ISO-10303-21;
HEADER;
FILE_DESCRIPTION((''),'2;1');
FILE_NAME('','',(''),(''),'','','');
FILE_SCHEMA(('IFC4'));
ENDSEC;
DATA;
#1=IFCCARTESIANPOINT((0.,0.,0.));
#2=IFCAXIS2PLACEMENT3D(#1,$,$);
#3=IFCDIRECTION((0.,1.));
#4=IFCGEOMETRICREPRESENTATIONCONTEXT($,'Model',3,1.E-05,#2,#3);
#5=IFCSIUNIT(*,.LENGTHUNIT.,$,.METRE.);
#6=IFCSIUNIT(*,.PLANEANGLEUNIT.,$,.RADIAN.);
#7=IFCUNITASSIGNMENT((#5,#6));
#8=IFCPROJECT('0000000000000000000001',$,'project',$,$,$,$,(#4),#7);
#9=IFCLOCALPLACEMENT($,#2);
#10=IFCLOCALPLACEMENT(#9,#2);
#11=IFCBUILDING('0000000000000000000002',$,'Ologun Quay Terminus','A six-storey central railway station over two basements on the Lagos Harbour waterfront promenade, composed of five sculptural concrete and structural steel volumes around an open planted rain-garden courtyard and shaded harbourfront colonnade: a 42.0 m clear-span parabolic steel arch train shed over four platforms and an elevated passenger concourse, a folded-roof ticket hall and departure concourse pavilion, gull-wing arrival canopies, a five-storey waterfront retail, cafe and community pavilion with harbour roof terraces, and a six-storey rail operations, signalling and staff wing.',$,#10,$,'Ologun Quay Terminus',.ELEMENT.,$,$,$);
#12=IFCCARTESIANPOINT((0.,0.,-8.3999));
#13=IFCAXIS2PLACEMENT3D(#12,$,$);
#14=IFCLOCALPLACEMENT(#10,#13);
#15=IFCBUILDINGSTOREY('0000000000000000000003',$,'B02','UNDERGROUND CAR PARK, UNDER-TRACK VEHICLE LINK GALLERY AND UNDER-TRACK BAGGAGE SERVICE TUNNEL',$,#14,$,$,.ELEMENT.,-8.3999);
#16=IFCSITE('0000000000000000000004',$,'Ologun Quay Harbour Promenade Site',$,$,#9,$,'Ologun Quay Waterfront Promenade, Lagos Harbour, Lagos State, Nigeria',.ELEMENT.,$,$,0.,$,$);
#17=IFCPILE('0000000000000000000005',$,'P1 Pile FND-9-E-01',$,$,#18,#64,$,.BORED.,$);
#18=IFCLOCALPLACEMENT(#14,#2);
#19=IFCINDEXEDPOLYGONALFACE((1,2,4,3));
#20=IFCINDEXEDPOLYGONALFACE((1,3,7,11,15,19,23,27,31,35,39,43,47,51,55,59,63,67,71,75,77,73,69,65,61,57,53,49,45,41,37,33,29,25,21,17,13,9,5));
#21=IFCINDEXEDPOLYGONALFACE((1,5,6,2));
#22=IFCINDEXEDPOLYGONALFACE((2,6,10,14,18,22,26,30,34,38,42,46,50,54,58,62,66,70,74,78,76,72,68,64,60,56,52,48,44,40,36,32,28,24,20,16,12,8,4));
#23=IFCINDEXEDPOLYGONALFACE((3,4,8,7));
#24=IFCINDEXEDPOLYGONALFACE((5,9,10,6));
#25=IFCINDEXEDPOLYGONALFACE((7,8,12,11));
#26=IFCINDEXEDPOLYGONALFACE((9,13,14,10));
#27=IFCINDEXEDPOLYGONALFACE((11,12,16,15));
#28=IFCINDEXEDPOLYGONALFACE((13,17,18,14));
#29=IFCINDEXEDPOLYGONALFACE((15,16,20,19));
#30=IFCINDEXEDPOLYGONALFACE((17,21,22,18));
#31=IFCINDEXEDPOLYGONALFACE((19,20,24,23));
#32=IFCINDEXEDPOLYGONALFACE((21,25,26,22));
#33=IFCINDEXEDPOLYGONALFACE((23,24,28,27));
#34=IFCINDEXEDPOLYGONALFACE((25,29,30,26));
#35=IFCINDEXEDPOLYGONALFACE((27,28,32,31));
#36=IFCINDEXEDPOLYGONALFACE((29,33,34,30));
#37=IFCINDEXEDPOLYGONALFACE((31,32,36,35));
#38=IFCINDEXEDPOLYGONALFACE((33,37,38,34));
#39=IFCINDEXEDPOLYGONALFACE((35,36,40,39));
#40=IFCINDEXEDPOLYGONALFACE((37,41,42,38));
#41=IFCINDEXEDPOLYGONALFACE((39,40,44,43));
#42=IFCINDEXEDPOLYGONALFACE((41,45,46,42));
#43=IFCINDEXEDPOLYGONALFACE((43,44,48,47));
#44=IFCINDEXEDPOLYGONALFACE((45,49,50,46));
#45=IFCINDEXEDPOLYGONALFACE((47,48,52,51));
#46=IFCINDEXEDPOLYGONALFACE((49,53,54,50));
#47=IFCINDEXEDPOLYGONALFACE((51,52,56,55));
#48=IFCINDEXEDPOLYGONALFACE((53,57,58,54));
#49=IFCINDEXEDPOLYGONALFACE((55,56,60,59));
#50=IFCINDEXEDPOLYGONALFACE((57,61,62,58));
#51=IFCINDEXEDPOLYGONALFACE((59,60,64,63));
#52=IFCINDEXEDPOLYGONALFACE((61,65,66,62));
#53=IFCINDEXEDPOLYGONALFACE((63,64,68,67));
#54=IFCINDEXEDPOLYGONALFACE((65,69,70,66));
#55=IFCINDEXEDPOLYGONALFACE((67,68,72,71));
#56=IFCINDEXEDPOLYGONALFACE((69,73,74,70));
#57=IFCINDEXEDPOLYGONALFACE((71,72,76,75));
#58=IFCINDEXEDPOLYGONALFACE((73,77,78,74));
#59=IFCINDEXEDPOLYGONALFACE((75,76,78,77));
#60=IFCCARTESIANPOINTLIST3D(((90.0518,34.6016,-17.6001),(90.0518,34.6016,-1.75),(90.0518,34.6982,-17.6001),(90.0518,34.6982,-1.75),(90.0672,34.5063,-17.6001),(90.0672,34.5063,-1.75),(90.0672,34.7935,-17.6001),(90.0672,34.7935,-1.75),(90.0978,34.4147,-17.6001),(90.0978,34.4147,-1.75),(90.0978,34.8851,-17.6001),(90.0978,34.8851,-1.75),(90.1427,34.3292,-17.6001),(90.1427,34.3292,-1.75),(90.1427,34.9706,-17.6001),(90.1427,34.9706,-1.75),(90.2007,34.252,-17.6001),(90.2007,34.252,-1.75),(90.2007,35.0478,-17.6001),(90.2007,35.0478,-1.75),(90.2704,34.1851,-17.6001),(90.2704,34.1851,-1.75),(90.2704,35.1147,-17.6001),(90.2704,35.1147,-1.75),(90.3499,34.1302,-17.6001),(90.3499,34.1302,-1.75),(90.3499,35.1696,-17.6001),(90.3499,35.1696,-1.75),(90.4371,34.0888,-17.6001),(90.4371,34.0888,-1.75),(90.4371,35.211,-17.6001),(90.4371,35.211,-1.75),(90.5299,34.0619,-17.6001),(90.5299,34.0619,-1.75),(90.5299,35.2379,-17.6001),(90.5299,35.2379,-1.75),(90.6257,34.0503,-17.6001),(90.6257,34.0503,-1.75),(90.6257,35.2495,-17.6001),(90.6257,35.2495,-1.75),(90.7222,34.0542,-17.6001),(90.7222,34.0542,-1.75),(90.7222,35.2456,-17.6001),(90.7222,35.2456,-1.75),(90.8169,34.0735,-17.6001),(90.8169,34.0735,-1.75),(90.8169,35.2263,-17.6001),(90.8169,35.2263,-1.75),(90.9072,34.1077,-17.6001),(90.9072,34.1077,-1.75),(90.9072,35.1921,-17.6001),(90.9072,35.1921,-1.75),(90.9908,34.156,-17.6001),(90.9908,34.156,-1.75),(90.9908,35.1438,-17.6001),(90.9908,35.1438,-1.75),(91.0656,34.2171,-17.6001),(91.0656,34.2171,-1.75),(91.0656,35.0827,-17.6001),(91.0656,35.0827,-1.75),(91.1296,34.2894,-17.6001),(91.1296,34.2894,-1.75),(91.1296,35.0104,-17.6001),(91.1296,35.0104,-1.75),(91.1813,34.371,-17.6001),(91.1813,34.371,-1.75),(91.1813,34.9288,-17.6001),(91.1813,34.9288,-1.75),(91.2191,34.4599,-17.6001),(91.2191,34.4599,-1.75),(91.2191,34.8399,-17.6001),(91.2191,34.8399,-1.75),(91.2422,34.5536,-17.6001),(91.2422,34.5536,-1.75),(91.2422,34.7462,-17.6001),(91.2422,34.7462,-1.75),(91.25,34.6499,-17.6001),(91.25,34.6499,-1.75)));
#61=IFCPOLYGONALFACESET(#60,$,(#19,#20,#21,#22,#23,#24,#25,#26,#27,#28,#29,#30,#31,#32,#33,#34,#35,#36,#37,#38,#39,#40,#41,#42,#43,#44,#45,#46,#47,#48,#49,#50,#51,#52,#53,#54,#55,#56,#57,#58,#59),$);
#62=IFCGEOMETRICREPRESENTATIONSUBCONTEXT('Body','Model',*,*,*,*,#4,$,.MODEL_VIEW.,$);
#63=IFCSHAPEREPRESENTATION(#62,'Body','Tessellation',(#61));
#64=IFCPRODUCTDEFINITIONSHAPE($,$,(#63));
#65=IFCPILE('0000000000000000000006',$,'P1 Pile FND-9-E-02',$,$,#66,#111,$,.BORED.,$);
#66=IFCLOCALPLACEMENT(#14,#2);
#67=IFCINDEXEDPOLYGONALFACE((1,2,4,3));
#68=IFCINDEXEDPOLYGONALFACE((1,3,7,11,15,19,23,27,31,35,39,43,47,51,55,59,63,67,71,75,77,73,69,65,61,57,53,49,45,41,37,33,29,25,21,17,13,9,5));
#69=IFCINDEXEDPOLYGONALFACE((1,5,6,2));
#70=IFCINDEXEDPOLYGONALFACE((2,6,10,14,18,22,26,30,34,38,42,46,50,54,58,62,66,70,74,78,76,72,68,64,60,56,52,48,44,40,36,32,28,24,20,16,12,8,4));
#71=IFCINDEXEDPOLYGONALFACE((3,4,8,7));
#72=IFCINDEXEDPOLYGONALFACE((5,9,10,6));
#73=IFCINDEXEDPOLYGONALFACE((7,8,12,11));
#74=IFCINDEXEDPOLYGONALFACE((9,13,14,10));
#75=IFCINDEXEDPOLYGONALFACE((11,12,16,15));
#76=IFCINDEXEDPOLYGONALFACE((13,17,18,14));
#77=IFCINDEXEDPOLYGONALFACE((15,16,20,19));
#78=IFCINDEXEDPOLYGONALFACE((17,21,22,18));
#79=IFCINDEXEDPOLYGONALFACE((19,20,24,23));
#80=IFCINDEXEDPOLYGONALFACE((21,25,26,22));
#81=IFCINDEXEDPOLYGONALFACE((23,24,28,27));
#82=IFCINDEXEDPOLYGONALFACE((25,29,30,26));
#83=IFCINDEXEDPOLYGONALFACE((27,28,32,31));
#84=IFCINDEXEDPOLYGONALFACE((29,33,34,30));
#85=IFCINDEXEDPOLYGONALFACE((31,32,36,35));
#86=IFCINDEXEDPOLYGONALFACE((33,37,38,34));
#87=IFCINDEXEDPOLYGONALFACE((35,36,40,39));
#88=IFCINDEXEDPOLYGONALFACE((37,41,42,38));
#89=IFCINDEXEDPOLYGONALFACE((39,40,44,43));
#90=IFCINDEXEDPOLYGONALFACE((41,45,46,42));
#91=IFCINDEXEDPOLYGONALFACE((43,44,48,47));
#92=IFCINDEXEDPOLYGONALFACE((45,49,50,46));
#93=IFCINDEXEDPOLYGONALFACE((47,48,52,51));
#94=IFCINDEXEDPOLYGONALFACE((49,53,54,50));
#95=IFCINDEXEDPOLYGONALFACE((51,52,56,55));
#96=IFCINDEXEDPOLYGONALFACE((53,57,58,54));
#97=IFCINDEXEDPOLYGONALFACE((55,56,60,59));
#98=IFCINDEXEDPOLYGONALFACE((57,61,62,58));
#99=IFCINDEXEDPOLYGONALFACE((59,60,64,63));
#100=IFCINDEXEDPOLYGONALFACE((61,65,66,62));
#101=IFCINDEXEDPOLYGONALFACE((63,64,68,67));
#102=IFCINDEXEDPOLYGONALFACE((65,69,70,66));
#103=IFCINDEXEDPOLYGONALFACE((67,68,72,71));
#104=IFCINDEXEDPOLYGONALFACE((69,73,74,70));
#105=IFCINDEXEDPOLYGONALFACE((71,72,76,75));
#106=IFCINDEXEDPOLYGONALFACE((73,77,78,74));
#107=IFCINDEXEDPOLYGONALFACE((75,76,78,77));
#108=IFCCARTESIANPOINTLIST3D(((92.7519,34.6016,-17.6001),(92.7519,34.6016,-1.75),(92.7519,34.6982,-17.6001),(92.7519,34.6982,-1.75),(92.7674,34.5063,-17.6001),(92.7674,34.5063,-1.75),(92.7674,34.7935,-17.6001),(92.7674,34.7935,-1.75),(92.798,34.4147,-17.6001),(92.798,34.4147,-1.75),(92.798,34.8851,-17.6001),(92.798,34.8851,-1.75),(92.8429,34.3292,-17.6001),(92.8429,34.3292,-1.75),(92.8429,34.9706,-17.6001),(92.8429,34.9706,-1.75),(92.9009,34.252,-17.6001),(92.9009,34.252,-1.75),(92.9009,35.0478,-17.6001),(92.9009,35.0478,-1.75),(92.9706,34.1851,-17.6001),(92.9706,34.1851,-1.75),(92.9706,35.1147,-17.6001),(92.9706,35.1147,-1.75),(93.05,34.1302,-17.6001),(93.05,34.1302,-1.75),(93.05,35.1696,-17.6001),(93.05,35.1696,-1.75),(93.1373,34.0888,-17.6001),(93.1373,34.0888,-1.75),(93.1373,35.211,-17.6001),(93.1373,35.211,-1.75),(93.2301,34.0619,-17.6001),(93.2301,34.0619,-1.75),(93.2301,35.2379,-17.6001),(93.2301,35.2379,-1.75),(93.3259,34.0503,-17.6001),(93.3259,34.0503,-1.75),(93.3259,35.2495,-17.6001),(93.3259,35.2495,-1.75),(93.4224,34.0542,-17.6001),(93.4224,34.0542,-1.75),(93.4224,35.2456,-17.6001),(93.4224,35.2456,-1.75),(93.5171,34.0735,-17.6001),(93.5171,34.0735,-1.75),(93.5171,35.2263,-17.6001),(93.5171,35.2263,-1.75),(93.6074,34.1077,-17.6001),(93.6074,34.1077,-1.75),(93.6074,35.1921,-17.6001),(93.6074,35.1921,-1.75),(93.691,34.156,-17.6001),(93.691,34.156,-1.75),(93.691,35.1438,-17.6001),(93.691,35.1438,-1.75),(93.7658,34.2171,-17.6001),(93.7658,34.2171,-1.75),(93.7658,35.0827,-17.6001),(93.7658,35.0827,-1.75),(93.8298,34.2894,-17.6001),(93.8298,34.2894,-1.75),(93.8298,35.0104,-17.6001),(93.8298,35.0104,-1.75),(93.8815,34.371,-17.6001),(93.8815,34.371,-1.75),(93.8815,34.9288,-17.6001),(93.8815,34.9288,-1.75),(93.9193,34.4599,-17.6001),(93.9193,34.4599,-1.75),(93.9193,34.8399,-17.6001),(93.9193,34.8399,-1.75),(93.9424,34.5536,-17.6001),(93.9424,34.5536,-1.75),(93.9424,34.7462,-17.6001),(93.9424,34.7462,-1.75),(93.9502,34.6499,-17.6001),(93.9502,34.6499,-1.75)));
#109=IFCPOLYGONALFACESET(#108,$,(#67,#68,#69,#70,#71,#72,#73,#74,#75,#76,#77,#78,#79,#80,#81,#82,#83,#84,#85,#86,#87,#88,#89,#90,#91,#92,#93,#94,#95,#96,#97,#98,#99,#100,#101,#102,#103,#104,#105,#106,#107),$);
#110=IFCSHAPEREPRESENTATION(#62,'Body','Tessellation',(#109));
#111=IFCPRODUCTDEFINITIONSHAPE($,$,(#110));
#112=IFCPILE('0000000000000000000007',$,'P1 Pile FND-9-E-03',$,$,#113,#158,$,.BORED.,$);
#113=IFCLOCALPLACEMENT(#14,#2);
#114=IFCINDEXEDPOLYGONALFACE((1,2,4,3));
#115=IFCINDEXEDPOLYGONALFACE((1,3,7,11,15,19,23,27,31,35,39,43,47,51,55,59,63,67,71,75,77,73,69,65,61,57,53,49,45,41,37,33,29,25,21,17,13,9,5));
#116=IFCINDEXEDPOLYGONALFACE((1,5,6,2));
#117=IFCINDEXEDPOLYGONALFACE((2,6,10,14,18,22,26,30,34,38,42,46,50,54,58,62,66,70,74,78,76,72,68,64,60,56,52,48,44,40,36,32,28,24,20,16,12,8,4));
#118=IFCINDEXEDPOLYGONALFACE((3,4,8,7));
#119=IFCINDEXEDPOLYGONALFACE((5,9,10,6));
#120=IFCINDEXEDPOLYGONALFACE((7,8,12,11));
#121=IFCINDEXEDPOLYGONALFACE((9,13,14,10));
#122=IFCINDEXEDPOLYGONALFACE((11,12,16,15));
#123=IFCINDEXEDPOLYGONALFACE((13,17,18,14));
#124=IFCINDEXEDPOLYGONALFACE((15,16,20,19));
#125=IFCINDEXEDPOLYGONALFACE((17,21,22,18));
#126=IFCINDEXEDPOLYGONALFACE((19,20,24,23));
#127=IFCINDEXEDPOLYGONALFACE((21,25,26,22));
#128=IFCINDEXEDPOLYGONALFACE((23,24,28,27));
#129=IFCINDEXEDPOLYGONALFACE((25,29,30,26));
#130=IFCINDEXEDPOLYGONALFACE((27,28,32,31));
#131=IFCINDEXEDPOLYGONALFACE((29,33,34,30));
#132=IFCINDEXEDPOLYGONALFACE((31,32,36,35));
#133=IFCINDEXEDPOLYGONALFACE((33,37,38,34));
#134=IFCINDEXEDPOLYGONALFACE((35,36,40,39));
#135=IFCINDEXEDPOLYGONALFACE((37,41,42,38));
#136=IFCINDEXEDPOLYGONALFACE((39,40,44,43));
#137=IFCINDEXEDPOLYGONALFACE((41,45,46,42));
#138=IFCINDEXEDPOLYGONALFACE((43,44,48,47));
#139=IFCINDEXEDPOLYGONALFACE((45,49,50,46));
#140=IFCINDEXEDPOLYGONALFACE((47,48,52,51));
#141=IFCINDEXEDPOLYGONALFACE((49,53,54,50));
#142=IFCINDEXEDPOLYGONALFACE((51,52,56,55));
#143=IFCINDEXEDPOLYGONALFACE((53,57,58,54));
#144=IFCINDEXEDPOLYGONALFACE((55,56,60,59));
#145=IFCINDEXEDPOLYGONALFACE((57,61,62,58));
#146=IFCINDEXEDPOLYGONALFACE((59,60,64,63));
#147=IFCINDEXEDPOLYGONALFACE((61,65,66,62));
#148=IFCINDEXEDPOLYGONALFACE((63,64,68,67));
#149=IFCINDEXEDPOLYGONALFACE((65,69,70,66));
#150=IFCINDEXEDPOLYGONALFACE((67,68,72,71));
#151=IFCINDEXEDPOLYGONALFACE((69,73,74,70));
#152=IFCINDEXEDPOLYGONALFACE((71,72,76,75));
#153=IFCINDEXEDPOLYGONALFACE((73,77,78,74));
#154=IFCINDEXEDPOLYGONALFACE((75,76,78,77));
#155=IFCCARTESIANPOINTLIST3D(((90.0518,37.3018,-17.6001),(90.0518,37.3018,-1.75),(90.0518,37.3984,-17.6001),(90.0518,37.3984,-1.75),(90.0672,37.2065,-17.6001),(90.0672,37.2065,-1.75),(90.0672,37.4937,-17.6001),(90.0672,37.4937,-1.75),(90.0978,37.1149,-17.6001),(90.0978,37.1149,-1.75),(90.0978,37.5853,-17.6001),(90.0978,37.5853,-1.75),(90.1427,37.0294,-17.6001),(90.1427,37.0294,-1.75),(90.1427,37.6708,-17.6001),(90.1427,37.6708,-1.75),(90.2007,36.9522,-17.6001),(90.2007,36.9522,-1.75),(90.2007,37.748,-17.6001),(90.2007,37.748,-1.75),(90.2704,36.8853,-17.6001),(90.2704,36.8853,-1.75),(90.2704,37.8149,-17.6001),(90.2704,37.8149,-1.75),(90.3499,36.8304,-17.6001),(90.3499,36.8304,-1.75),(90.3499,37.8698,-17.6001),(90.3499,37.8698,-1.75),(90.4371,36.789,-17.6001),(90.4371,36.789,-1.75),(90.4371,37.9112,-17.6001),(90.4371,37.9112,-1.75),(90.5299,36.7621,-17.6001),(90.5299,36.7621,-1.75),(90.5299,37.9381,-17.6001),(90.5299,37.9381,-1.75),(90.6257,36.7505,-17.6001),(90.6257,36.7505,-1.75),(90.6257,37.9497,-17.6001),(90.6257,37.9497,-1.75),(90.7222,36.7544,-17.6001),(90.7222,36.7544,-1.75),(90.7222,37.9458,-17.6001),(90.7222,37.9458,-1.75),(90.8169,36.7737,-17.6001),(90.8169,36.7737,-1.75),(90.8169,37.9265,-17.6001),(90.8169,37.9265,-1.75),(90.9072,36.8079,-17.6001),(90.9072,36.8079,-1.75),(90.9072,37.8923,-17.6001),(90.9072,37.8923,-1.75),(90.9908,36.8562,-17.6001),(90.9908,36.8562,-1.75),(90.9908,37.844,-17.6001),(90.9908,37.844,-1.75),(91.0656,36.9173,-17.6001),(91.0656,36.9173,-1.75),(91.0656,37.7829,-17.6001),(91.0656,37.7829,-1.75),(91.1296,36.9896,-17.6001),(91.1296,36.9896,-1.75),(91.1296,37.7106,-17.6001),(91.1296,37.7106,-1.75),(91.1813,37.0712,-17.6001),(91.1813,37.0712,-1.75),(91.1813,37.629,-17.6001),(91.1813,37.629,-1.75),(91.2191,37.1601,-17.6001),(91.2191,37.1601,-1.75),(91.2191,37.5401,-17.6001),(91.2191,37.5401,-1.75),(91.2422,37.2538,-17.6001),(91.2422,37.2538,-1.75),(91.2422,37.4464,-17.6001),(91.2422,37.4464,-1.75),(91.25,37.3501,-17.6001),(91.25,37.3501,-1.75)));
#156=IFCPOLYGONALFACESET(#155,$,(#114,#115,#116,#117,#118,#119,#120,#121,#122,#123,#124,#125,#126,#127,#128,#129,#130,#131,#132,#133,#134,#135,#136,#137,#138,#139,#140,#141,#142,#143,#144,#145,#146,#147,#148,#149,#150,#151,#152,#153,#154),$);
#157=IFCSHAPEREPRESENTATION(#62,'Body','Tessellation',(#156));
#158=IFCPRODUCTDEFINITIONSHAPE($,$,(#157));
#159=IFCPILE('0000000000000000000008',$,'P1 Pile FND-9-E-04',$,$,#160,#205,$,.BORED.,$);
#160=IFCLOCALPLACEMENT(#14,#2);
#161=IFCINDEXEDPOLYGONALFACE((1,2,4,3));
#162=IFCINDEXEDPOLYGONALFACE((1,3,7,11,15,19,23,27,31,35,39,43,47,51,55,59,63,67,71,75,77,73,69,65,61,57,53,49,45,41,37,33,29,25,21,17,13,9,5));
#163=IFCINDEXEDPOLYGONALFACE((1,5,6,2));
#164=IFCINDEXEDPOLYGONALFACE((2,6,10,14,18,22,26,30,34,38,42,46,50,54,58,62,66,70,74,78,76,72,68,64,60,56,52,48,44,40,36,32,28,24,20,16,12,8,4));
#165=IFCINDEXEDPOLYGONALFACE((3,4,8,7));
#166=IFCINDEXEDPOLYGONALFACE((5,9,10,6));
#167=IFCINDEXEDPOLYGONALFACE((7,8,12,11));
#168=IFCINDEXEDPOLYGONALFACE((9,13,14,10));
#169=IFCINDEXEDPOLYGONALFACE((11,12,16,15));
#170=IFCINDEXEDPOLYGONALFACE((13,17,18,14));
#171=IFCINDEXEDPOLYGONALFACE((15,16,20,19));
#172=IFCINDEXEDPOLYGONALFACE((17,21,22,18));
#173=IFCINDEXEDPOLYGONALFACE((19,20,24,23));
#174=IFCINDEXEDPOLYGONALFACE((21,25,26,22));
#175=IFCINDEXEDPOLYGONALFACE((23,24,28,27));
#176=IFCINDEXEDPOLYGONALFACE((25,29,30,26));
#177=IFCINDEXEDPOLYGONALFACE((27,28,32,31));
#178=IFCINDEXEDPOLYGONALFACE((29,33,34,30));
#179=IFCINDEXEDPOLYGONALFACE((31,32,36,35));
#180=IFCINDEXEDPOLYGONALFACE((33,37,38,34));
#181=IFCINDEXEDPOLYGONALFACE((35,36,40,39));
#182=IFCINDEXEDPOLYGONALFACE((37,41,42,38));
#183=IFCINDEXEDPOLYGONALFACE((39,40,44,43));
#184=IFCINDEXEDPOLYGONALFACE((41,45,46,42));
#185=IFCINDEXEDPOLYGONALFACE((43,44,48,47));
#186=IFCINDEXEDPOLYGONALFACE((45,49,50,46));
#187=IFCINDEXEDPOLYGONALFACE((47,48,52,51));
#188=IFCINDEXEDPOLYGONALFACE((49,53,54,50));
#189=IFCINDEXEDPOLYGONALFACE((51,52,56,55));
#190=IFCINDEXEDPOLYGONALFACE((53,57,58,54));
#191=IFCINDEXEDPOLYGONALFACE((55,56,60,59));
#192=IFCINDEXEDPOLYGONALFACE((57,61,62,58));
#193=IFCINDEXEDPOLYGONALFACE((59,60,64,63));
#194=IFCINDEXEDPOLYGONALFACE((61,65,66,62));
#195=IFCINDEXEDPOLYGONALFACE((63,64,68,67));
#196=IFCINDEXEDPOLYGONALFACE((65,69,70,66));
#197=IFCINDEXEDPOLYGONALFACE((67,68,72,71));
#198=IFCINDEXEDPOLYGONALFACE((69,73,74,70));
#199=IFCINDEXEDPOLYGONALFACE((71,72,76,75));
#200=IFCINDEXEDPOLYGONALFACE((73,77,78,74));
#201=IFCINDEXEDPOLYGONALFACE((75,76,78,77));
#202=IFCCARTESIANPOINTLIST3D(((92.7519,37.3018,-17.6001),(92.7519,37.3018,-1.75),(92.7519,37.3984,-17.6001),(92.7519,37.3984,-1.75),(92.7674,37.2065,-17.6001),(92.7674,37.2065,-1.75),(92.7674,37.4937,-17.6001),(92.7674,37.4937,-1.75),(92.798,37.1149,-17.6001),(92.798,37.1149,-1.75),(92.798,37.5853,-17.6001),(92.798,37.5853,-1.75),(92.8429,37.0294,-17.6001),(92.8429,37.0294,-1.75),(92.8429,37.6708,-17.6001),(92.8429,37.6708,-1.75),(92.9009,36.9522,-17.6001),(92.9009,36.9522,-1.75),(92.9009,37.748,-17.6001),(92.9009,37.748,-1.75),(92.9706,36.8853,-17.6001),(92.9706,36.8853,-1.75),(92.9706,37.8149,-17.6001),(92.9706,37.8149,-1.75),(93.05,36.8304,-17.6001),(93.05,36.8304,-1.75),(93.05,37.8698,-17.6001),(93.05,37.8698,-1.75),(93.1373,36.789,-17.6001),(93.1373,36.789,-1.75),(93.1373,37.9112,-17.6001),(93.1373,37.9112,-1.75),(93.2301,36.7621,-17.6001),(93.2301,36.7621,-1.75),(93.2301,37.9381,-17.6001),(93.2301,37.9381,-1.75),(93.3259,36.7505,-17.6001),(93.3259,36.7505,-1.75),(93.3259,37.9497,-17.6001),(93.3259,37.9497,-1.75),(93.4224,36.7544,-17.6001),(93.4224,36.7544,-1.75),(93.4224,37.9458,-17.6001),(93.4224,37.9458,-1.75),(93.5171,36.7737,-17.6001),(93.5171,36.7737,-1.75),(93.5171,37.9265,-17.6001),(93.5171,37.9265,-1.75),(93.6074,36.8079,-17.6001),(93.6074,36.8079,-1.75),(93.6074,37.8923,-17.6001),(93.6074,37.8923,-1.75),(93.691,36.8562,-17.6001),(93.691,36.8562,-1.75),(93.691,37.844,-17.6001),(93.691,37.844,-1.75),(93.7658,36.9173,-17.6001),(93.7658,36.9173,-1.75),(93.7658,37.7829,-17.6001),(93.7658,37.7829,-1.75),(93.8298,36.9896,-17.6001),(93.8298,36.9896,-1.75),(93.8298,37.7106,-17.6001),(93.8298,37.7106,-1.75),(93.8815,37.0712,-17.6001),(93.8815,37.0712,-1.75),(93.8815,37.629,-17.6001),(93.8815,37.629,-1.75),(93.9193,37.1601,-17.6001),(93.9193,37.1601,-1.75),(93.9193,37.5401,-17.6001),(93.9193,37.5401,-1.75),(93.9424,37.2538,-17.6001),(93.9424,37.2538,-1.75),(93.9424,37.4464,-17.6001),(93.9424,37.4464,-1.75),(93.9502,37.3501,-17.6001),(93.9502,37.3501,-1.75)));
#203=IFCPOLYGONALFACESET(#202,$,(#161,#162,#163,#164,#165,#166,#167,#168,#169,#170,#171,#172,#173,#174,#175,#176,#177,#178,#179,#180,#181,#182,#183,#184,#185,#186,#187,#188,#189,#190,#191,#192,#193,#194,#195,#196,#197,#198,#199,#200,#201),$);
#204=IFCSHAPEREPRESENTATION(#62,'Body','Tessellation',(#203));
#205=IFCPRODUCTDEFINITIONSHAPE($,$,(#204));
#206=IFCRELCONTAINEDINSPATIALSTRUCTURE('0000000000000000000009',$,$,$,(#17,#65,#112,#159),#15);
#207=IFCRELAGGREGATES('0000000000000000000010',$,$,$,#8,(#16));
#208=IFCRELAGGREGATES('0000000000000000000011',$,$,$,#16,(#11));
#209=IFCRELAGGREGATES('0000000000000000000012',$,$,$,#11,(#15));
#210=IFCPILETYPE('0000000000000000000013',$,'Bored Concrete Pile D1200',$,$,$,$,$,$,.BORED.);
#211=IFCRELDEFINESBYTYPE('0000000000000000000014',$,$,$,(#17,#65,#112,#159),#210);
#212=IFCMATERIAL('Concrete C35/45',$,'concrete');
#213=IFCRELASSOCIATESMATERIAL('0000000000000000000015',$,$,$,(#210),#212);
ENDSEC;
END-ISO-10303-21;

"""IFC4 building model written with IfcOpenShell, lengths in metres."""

from ifc_helpers import new_model, si_unit, direction, frame, origin, origin_2d, place, context, subcontext, project, spatial, circle, extrude, material, material_profile, profile_set, type_object, element, save


model = new_model("IFC4")

# Units and contexts
model_context = context("Model", 3, precision=1e-05, world=origin(), true_north=direction((0.0, 1.0)))
body_context = subcontext(model_context, "Body", "Model", "MODEL_VIEW")
ifc_project = project(units=[si_unit("LENGTHUNIT", "METRE"), si_unit("PLANEANGLEUNIT", "RADIAN")], contexts=[model_context])

# Site, building, storey
site_placement = place(None, origin())
site = spatial("IfcSite", under=ifc_project, at=site_placement, Name="Ologun Quay Harbour Promenade Site", LongName="Ologun Quay Waterfront Promenade, Lagos Harbour, Lagos State, Nigeria", CompositionType="ELEMENT", RefElevation=0.0)
building_placement = place(site_placement, origin())
building = spatial("IfcBuilding", under=site, at=building_placement, Name="Ologun Quay Terminus", Description="A six-storey central railway station over two basements on the Lagos Harbour waterfront promenade, composed of five sculptural concrete and structural steel volumes around an open planted rain-garden courtyard and shaded harbourfront colonnade: a 42.0 m clear-span parabolic steel arch train shed over four platforms and an elevated passenger concourse, a folded-roof ticket hall and departure concourse pavilion, gull-wing arrival canopies, a five-storey waterfront retail, cafe and community pavilion with harbour roof terraces, and a six-storey rail operations, signalling and staff wing.", LongName="Ologun Quay Terminus", CompositionType="ELEMENT")
storey_placement = place(building_placement, frame((0.0, 0.0, -8.3999)))
storey = spatial("IfcBuildingStorey", under=building, at=storey_placement, Name="B02", Description="UNDERGROUND CAR PARK, UNDER-TRACK VEHICLE LINK GALLERY AND UNDER-TRACK BAGGAGE SERVICE TUNNEL", CompositionType="ELEMENT", Elevation=-8.3999)

# Piles
ifc_material_1 = material(Name="Concrete C35/45", Category="concrete")
ifc_material_profile_1 = material_profile(ifc_material_1, circle(Radius=0.6001, at=origin_2d()), Name="PILE D1200")
ifc_profile_set_1 = profile_set([ifc_material_profile_1], Name="Concrete C35/45")
pile_type_1 = type_object("IfcPileType", Name="Bored Concrete Pile D1200", PredefinedType="BORED", material=ifc_profile_set_1)
for number, where, z_axis, x_axis, name in (
    (1, (90.6499, 34.6499, -1.75), (0.0, 0.0, -1.0), (1.0, 0.0, 0.0), "P1 Pile FND-9-E-01"),
    (2, (93.3501, 34.6499, -1.75), (0.0, 0.0, -1.0), (1.0, 0.0, 0.0), "P1 Pile FND-9-E-02"),
    (3, (90.6499, 37.3501, -1.75), (0.0, 0.0, -1.0), (1.0, 0.0, 0.0), "P1 Pile FND-9-E-03"),
    (4, (93.3501, 37.3501, -1.75), (0.0, 0.0, -1.0), (1.0, 0.0, 0.0), "P1 Pile FND-9-E-04"),
):
    element("IfcPile", number, at=place(storey_placement, frame(where, z_axis=z_axis, x_axis=x_axis)), inside=storey, type_object=pile_type_1, Name=name, PredefinedType="BORED", context=body_context, shape_type="SweptSolid", body=[
        extrude(circle(Radius=0.6001, at=origin_2d()), origin(), (0.0, 0.0, 1.0), 15.8501),
    ])

save(model, "model.ifc")
